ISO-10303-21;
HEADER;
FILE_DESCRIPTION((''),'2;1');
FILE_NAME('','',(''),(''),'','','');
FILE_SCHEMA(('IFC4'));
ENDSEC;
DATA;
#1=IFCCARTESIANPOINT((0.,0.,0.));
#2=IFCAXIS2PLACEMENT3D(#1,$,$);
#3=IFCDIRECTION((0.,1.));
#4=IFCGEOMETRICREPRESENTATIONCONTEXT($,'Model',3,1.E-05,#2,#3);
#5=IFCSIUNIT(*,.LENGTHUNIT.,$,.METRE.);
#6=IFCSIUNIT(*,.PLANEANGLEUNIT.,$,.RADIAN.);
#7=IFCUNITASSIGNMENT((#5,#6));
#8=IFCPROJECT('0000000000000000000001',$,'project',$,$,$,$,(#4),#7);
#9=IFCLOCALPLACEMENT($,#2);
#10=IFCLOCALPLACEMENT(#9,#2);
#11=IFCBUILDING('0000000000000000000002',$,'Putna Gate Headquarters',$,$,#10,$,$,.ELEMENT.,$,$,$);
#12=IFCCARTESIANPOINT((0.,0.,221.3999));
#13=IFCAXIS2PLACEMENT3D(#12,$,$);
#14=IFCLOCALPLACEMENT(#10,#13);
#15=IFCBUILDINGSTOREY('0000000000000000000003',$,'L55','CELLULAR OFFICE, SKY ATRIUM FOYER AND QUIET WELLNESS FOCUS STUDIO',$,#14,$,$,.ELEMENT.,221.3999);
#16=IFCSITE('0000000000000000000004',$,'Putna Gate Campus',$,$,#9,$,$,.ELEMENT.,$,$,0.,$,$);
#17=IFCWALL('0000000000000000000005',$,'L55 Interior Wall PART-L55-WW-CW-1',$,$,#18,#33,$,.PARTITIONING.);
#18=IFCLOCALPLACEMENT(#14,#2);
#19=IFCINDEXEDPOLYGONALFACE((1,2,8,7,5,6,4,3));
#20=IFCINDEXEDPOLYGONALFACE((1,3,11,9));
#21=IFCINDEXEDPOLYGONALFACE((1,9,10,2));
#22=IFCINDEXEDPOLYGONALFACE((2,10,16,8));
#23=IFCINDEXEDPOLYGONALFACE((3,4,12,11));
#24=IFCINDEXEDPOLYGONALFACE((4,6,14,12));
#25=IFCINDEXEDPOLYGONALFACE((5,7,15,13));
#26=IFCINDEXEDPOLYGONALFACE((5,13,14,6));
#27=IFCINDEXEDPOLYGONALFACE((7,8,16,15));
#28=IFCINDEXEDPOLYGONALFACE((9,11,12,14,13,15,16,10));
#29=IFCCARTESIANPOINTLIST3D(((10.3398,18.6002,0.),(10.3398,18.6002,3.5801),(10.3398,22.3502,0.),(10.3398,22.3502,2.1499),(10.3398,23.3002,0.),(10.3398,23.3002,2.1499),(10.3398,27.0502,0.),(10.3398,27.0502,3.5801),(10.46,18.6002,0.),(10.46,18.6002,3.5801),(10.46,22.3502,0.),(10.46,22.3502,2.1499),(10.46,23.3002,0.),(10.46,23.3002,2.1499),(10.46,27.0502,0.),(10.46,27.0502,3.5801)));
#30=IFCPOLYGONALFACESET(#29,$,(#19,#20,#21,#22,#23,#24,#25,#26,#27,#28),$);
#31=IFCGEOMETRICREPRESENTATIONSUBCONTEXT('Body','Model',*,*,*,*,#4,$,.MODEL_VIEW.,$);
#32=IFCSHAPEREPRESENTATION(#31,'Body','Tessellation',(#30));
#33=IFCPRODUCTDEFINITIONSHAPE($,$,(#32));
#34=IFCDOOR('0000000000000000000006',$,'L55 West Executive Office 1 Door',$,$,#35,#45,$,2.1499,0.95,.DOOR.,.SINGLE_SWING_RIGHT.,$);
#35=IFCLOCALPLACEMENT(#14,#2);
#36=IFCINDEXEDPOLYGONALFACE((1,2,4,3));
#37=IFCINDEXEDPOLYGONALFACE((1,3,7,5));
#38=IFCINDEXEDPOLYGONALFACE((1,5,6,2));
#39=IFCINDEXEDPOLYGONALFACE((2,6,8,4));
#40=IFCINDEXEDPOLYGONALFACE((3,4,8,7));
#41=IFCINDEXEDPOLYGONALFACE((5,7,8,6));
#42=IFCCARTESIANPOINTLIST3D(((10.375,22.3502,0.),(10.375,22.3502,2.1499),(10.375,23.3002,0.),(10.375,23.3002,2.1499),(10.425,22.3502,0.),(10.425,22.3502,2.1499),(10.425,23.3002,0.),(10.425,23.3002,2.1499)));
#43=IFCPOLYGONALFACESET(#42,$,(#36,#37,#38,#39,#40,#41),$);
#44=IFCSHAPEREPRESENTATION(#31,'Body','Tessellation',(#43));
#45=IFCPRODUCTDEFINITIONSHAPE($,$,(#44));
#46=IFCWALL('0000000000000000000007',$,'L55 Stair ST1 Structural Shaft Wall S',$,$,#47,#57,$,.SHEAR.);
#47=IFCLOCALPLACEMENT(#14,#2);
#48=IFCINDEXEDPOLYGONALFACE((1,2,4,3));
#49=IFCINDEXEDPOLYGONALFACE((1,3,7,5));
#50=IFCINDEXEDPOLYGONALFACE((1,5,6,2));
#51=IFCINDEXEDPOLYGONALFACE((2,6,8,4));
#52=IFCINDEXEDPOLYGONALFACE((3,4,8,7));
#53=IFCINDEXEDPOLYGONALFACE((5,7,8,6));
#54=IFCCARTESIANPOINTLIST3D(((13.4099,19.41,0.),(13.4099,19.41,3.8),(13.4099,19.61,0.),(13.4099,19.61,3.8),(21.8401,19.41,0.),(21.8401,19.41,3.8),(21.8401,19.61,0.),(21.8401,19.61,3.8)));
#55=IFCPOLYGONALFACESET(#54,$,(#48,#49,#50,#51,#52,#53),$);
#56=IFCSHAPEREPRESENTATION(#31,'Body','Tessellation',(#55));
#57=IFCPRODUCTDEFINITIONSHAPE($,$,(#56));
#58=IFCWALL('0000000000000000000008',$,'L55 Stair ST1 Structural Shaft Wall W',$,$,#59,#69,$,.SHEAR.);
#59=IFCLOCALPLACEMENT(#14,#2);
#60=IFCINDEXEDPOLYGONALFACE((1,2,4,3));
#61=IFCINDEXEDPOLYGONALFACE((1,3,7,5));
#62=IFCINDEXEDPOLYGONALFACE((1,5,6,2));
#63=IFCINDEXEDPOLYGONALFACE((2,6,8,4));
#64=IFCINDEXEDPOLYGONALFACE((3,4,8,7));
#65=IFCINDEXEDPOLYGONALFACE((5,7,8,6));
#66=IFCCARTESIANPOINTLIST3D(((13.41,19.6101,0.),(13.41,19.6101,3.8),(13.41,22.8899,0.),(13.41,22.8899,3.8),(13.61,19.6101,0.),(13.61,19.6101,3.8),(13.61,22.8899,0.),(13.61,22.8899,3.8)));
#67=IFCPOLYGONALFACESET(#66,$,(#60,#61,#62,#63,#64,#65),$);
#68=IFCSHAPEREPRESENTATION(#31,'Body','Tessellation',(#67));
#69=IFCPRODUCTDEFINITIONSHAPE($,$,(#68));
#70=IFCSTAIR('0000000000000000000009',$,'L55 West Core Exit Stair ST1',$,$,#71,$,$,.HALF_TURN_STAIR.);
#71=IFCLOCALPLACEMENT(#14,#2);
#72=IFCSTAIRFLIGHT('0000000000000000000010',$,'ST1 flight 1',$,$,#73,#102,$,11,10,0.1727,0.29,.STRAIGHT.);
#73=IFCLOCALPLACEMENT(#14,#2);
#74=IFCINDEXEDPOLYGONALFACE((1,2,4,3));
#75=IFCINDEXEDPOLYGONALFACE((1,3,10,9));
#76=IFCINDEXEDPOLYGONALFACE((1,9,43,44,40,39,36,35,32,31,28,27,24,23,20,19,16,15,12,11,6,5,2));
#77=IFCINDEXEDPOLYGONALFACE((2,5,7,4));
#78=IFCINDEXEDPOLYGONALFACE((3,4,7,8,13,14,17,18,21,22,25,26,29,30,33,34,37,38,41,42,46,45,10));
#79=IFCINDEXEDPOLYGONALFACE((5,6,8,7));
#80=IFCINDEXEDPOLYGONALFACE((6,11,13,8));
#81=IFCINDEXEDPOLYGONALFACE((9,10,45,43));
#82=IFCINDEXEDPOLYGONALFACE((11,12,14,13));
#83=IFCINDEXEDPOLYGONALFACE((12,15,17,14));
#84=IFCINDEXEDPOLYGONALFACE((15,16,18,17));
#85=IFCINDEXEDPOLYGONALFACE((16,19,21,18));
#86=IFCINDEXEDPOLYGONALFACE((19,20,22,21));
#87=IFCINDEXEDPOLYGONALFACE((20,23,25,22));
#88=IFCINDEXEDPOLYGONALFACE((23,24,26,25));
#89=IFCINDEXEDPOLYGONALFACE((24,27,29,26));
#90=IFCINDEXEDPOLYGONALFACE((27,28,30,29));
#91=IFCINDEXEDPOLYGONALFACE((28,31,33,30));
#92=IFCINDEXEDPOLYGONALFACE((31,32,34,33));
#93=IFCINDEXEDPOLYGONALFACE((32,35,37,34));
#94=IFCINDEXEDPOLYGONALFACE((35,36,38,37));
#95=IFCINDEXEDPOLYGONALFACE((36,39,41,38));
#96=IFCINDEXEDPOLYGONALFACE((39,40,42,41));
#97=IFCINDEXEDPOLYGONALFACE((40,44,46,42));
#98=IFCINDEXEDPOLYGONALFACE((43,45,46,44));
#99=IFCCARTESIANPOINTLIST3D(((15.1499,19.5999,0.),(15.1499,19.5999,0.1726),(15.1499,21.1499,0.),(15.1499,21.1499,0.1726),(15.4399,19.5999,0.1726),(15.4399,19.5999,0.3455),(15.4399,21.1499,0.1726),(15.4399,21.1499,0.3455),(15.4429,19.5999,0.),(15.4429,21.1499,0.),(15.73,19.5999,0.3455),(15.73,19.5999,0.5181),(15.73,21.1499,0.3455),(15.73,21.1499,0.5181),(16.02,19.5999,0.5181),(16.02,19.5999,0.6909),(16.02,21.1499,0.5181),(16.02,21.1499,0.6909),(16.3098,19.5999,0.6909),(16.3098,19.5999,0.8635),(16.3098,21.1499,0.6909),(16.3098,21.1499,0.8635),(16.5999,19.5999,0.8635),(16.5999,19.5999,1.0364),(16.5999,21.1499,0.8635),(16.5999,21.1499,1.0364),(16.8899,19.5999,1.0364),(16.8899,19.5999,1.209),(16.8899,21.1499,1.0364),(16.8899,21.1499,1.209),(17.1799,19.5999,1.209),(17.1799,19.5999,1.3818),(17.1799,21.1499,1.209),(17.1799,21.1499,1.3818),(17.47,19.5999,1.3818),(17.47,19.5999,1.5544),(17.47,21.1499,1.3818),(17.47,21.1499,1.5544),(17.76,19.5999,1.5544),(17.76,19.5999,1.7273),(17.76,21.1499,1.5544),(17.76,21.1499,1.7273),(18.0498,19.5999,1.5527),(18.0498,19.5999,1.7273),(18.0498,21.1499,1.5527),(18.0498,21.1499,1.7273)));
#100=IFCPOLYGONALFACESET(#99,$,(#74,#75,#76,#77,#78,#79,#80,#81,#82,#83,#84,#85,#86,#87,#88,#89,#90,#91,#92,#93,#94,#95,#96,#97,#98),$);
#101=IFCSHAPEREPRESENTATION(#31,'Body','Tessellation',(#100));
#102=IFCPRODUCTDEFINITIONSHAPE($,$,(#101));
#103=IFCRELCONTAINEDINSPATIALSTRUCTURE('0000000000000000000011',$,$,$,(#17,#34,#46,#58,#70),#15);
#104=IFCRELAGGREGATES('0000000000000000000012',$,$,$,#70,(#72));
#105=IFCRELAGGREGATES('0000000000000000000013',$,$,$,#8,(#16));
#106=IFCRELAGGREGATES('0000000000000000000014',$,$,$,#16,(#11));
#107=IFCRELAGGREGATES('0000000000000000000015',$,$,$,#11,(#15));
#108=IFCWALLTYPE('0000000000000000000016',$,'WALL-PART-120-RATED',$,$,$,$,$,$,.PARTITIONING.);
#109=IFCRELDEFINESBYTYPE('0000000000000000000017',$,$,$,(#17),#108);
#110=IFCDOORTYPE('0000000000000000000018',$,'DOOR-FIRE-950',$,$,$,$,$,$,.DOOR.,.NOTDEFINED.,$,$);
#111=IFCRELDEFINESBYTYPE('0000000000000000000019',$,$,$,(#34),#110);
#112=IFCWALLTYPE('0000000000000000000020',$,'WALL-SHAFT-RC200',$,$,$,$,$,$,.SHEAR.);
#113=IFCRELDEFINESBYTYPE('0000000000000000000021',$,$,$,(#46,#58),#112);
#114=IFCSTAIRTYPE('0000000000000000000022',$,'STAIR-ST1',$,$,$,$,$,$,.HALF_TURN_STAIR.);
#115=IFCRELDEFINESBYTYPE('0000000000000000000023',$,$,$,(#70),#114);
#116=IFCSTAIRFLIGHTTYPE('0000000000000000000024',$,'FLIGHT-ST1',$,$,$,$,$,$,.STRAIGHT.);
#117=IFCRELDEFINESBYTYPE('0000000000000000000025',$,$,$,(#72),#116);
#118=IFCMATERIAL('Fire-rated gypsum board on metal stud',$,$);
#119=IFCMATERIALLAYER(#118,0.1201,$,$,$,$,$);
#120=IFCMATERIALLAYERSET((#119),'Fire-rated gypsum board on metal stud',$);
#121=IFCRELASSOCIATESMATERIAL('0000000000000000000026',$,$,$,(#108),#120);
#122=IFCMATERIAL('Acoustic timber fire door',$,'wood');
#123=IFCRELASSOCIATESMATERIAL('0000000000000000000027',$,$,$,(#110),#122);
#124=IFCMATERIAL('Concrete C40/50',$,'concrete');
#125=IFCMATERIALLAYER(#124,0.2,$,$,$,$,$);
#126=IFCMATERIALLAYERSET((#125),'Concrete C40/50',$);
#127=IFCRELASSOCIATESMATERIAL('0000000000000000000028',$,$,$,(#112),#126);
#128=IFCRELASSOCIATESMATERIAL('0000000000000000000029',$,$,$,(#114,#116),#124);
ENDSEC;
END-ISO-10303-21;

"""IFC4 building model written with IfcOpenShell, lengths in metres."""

from ifc_helpers import new_model, si_unit, direction, frame, frame_2d, origin, place, context, subcontext, project, spatial, polyline, rectangle, outline, extrude, material, layer, layer_set, type_object, element, fill, aggregate, save


model = new_model("IFC4")

# Units and contexts
model_context = context("Model", 3, precision=1e-05, world=origin(), true_north=direction((0.0, 1.0)))
body_context = subcontext(model_context, "Body", "Model", "MODEL_VIEW")
ifc_project = project(units=[si_unit("LENGTHUNIT", "METRE"), si_unit("PLANEANGLEUNIT", "RADIAN")], contexts=[model_context])

# Site, building, storey
site_placement = place(None, origin())
site = spatial("IfcSite", under=ifc_project, at=site_placement, Name="Putna Gate Campus", CompositionType="ELEMENT", RefElevation=0.0)
building_placement = place(site_placement, origin())
building = spatial("IfcBuilding", under=site, at=building_placement, Name="Putna Gate Headquarters", CompositionType="ELEMENT")
storey_placement = place(building_placement, frame((0.0, 0.0, 221.3999)))
storey = spatial("IfcBuildingStorey", under=building, at=storey_placement, Name="L55", Description="CELLULAR OFFICE, SKY ATRIUM FOYER AND QUIET WELLNESS FOCUS STUDIO", CompositionType="ELEMENT", Elevation=221.3999)

# Shared definitions
ifc_material_1 = material(Name="Fire-rated gypsum board on metal stud")
ifc_layer_1 = layer(ifc_material_1, 0.1201)
ifc_layer_set_1 = layer_set([ifc_layer_1], Name="Fire-rated gypsum board on metal stud")
wall_type_1 = type_object("IfcWallType", Name="WALL-PART-120-RATED", PredefinedType="PARTITIONING", material=ifc_layer_set_1)

# Shared definitions
ifc_material_2 = material(Name="Acoustic timber fire door", Category="wood")
door_type_1 = type_object("IfcDoorType", Name="DOOR-FIRE-950", OperationType="NOTDEFINED", PredefinedType="DOOR", material=ifc_material_2)

# Wall, opening, door
wall_1_placement = place(storey_placement, frame((10.3999, 18.6001, 0.0), z_axis=(0.0, 0.0, 1.0), x_axis=(0.0, 1.0, 0.0)))
wall_1 = element("IfcWall", 1, at=wall_1_placement, inside=storey, type_object=wall_type_1, Name="L55 Interior Wall PART-L55-WW-CW-1", PredefinedType="PARTITIONING", context=body_context, shape_type="SweptSolid", body=[
    extrude(rectangle(XDim=8.45, YDim=0.1201, at=frame_2d((4.2251, 0.0))), origin(), (0.0, 0.0, 1.0), 3.5801),
])
opening_1_placement = place(wall_1_placement, frame((3.75, 0.0, 0.0)))
opening_1 = element("IfcOpeningElement", 2, at=opening_1_placement, cuts=wall_1, PredefinedType="OPENING", context=body_context, shape_type="SweptSolid", body=[
    extrude(rectangle(XDim=0.95, YDim=2.1499, at=frame_2d((0.4751, 1.075))), frame((0.0, 0.0701, 0.0), z_axis=(0.0, -1.0, 0.0), x_axis=(1.0, 0.0, 0.0)), (0.0, 0.0, 1.0), 0.1401),
])
door_1_placement = place(opening_1_placement, origin())
door_1 = element("IfcDoor", 3, at=door_1_placement, inside=storey, type_object=door_type_1, Name="L55 West Executive Office 1 Door", OperationType="SINGLE_SWING_RIGHT", OverallHeight=2.1499, OverallWidth=0.95, PredefinedType="DOOR", context=body_context, shape_type="SweptSolid", body=[
    extrude(rectangle(XDim=0.95, YDim=2.1499, at=frame_2d((0.4751, 1.075))), frame((0.0, 0.0249, 0.0), z_axis=(0.0, -1.0, 0.0), x_axis=(1.0, 0.0, 0.0)), (0.0, 0.0, 1.0), 0.05),
])
fill(opening_1, door_1)

# Walls
ifc_material_3 = material(Name="Concrete C40/50", Category="concrete")
ifc_layer_2 = layer(ifc_material_3, 0.2)
ifc_layer_set_2 = layer_set([ifc_layer_2], Name="Concrete C40/50")
wall_type_2 = type_object("IfcWallType", Name="WALL-SHAFT-RC200", PredefinedType="SHEAR", material=ifc_layer_set_2)
wall_2_placement = place(storey_placement, frame((13.4099, 19.51, 0.0), z_axis=(0.0, 0.0, 1.0), x_axis=(1.0, 0.0, 0.0)))
element("IfcWall", 4, at=wall_2_placement, inside=storey, type_object=wall_type_2, Name="L55 Stair ST1 Structural Shaft Wall S", PredefinedType="SHEAR", context=body_context, shape_type="SweptSolid", body=[
    extrude(rectangle(XDim=8.4302, YDim=0.2, at=frame_2d((4.2151, 0.0))), origin(), (0.0, 0.0, 1.0), 3.8),
])
wall_3_placement = place(storey_placement, frame((13.51, 19.6101, 0.0), z_axis=(0.0, 0.0, 1.0), x_axis=(0.0, 1.0, 0.0)))
element("IfcWall", 5, at=wall_3_placement, inside=storey, type_object=wall_type_2, Name="L55 Stair ST1 Structural Shaft Wall W", PredefinedType="SHEAR", context=body_context, shape_type="SweptSolid", body=[
    extrude(rectangle(XDim=3.2798, YDim=0.2, at=frame_2d((1.6399, 0.0))), origin(), (0.0, 0.0, 1.0), 3.8),
])

# Stair, stair flight
stair_type = type_object("IfcStairType", Name="STAIR-ST1", PredefinedType="HALF_TURN_STAIR", material=ifc_material_3)
stair_placement = place(storey_placement, origin())
stair = element("IfcStair", 6, at=stair_placement, inside=storey, type_object=stair_type, Name="L55 West Core Exit Stair ST1", PredefinedType="HALF_TURN_STAIR")
stair_flight_type = type_object("IfcStairFlightType", Name="FLIGHT-ST1", PredefinedType="STRAIGHT", material=ifc_material_3)
stair_flight_placement = place(storey_placement, frame((15.1499, 20.375, 0.0), z_axis=(0.0, 0.0, 1.0), x_axis=(1.0, 0.0, 0.0)))
stair_flight = element("IfcStairFlight", 7, at=stair_flight_placement, type_object=stair_flight_type, Name="ST1 flight 1", NumberOfRisers=11, NumberOfTreads=10, PredefinedType="STRAIGHT", RiserHeight=0.1727, TreadLength=0.29, context=body_context, shape_type="SweptSolid", body=[
    extrude(outline(polyline([(0.0, 0.0), (0.0, 0.1726), (0.29, 0.1726), (0.29, 0.3455), (0.5801, 0.3455), (0.5801, 0.5181), (0.8701, 0.5181), (0.8701, 0.6909), (1.1599, 0.6909), (1.1599, 0.8635), (1.45, 0.8635), (1.45, 1.0364), (1.74, 1.0364), (1.74, 1.209), (2.03, 1.209), (2.03, 1.3818), (2.3201, 1.3818), (2.3201, 1.5544), (2.6101, 1.5544), (2.6101, 1.7273), (2.8999, 1.7273), (2.8999, 1.8999), (2.8999, 1.5527), (0.293, 0.0), (0.0, 0.0)])), frame((0.0, 0.7749, 0.0), z_axis=(0.0, -1.0, 0.0), x_axis=(1.0, 0.0, 0.0)), (0.0, 0.0, 1.0), 1.55),
])
aggregate(stair, [stair_flight])

save(model, "model.ifc")
